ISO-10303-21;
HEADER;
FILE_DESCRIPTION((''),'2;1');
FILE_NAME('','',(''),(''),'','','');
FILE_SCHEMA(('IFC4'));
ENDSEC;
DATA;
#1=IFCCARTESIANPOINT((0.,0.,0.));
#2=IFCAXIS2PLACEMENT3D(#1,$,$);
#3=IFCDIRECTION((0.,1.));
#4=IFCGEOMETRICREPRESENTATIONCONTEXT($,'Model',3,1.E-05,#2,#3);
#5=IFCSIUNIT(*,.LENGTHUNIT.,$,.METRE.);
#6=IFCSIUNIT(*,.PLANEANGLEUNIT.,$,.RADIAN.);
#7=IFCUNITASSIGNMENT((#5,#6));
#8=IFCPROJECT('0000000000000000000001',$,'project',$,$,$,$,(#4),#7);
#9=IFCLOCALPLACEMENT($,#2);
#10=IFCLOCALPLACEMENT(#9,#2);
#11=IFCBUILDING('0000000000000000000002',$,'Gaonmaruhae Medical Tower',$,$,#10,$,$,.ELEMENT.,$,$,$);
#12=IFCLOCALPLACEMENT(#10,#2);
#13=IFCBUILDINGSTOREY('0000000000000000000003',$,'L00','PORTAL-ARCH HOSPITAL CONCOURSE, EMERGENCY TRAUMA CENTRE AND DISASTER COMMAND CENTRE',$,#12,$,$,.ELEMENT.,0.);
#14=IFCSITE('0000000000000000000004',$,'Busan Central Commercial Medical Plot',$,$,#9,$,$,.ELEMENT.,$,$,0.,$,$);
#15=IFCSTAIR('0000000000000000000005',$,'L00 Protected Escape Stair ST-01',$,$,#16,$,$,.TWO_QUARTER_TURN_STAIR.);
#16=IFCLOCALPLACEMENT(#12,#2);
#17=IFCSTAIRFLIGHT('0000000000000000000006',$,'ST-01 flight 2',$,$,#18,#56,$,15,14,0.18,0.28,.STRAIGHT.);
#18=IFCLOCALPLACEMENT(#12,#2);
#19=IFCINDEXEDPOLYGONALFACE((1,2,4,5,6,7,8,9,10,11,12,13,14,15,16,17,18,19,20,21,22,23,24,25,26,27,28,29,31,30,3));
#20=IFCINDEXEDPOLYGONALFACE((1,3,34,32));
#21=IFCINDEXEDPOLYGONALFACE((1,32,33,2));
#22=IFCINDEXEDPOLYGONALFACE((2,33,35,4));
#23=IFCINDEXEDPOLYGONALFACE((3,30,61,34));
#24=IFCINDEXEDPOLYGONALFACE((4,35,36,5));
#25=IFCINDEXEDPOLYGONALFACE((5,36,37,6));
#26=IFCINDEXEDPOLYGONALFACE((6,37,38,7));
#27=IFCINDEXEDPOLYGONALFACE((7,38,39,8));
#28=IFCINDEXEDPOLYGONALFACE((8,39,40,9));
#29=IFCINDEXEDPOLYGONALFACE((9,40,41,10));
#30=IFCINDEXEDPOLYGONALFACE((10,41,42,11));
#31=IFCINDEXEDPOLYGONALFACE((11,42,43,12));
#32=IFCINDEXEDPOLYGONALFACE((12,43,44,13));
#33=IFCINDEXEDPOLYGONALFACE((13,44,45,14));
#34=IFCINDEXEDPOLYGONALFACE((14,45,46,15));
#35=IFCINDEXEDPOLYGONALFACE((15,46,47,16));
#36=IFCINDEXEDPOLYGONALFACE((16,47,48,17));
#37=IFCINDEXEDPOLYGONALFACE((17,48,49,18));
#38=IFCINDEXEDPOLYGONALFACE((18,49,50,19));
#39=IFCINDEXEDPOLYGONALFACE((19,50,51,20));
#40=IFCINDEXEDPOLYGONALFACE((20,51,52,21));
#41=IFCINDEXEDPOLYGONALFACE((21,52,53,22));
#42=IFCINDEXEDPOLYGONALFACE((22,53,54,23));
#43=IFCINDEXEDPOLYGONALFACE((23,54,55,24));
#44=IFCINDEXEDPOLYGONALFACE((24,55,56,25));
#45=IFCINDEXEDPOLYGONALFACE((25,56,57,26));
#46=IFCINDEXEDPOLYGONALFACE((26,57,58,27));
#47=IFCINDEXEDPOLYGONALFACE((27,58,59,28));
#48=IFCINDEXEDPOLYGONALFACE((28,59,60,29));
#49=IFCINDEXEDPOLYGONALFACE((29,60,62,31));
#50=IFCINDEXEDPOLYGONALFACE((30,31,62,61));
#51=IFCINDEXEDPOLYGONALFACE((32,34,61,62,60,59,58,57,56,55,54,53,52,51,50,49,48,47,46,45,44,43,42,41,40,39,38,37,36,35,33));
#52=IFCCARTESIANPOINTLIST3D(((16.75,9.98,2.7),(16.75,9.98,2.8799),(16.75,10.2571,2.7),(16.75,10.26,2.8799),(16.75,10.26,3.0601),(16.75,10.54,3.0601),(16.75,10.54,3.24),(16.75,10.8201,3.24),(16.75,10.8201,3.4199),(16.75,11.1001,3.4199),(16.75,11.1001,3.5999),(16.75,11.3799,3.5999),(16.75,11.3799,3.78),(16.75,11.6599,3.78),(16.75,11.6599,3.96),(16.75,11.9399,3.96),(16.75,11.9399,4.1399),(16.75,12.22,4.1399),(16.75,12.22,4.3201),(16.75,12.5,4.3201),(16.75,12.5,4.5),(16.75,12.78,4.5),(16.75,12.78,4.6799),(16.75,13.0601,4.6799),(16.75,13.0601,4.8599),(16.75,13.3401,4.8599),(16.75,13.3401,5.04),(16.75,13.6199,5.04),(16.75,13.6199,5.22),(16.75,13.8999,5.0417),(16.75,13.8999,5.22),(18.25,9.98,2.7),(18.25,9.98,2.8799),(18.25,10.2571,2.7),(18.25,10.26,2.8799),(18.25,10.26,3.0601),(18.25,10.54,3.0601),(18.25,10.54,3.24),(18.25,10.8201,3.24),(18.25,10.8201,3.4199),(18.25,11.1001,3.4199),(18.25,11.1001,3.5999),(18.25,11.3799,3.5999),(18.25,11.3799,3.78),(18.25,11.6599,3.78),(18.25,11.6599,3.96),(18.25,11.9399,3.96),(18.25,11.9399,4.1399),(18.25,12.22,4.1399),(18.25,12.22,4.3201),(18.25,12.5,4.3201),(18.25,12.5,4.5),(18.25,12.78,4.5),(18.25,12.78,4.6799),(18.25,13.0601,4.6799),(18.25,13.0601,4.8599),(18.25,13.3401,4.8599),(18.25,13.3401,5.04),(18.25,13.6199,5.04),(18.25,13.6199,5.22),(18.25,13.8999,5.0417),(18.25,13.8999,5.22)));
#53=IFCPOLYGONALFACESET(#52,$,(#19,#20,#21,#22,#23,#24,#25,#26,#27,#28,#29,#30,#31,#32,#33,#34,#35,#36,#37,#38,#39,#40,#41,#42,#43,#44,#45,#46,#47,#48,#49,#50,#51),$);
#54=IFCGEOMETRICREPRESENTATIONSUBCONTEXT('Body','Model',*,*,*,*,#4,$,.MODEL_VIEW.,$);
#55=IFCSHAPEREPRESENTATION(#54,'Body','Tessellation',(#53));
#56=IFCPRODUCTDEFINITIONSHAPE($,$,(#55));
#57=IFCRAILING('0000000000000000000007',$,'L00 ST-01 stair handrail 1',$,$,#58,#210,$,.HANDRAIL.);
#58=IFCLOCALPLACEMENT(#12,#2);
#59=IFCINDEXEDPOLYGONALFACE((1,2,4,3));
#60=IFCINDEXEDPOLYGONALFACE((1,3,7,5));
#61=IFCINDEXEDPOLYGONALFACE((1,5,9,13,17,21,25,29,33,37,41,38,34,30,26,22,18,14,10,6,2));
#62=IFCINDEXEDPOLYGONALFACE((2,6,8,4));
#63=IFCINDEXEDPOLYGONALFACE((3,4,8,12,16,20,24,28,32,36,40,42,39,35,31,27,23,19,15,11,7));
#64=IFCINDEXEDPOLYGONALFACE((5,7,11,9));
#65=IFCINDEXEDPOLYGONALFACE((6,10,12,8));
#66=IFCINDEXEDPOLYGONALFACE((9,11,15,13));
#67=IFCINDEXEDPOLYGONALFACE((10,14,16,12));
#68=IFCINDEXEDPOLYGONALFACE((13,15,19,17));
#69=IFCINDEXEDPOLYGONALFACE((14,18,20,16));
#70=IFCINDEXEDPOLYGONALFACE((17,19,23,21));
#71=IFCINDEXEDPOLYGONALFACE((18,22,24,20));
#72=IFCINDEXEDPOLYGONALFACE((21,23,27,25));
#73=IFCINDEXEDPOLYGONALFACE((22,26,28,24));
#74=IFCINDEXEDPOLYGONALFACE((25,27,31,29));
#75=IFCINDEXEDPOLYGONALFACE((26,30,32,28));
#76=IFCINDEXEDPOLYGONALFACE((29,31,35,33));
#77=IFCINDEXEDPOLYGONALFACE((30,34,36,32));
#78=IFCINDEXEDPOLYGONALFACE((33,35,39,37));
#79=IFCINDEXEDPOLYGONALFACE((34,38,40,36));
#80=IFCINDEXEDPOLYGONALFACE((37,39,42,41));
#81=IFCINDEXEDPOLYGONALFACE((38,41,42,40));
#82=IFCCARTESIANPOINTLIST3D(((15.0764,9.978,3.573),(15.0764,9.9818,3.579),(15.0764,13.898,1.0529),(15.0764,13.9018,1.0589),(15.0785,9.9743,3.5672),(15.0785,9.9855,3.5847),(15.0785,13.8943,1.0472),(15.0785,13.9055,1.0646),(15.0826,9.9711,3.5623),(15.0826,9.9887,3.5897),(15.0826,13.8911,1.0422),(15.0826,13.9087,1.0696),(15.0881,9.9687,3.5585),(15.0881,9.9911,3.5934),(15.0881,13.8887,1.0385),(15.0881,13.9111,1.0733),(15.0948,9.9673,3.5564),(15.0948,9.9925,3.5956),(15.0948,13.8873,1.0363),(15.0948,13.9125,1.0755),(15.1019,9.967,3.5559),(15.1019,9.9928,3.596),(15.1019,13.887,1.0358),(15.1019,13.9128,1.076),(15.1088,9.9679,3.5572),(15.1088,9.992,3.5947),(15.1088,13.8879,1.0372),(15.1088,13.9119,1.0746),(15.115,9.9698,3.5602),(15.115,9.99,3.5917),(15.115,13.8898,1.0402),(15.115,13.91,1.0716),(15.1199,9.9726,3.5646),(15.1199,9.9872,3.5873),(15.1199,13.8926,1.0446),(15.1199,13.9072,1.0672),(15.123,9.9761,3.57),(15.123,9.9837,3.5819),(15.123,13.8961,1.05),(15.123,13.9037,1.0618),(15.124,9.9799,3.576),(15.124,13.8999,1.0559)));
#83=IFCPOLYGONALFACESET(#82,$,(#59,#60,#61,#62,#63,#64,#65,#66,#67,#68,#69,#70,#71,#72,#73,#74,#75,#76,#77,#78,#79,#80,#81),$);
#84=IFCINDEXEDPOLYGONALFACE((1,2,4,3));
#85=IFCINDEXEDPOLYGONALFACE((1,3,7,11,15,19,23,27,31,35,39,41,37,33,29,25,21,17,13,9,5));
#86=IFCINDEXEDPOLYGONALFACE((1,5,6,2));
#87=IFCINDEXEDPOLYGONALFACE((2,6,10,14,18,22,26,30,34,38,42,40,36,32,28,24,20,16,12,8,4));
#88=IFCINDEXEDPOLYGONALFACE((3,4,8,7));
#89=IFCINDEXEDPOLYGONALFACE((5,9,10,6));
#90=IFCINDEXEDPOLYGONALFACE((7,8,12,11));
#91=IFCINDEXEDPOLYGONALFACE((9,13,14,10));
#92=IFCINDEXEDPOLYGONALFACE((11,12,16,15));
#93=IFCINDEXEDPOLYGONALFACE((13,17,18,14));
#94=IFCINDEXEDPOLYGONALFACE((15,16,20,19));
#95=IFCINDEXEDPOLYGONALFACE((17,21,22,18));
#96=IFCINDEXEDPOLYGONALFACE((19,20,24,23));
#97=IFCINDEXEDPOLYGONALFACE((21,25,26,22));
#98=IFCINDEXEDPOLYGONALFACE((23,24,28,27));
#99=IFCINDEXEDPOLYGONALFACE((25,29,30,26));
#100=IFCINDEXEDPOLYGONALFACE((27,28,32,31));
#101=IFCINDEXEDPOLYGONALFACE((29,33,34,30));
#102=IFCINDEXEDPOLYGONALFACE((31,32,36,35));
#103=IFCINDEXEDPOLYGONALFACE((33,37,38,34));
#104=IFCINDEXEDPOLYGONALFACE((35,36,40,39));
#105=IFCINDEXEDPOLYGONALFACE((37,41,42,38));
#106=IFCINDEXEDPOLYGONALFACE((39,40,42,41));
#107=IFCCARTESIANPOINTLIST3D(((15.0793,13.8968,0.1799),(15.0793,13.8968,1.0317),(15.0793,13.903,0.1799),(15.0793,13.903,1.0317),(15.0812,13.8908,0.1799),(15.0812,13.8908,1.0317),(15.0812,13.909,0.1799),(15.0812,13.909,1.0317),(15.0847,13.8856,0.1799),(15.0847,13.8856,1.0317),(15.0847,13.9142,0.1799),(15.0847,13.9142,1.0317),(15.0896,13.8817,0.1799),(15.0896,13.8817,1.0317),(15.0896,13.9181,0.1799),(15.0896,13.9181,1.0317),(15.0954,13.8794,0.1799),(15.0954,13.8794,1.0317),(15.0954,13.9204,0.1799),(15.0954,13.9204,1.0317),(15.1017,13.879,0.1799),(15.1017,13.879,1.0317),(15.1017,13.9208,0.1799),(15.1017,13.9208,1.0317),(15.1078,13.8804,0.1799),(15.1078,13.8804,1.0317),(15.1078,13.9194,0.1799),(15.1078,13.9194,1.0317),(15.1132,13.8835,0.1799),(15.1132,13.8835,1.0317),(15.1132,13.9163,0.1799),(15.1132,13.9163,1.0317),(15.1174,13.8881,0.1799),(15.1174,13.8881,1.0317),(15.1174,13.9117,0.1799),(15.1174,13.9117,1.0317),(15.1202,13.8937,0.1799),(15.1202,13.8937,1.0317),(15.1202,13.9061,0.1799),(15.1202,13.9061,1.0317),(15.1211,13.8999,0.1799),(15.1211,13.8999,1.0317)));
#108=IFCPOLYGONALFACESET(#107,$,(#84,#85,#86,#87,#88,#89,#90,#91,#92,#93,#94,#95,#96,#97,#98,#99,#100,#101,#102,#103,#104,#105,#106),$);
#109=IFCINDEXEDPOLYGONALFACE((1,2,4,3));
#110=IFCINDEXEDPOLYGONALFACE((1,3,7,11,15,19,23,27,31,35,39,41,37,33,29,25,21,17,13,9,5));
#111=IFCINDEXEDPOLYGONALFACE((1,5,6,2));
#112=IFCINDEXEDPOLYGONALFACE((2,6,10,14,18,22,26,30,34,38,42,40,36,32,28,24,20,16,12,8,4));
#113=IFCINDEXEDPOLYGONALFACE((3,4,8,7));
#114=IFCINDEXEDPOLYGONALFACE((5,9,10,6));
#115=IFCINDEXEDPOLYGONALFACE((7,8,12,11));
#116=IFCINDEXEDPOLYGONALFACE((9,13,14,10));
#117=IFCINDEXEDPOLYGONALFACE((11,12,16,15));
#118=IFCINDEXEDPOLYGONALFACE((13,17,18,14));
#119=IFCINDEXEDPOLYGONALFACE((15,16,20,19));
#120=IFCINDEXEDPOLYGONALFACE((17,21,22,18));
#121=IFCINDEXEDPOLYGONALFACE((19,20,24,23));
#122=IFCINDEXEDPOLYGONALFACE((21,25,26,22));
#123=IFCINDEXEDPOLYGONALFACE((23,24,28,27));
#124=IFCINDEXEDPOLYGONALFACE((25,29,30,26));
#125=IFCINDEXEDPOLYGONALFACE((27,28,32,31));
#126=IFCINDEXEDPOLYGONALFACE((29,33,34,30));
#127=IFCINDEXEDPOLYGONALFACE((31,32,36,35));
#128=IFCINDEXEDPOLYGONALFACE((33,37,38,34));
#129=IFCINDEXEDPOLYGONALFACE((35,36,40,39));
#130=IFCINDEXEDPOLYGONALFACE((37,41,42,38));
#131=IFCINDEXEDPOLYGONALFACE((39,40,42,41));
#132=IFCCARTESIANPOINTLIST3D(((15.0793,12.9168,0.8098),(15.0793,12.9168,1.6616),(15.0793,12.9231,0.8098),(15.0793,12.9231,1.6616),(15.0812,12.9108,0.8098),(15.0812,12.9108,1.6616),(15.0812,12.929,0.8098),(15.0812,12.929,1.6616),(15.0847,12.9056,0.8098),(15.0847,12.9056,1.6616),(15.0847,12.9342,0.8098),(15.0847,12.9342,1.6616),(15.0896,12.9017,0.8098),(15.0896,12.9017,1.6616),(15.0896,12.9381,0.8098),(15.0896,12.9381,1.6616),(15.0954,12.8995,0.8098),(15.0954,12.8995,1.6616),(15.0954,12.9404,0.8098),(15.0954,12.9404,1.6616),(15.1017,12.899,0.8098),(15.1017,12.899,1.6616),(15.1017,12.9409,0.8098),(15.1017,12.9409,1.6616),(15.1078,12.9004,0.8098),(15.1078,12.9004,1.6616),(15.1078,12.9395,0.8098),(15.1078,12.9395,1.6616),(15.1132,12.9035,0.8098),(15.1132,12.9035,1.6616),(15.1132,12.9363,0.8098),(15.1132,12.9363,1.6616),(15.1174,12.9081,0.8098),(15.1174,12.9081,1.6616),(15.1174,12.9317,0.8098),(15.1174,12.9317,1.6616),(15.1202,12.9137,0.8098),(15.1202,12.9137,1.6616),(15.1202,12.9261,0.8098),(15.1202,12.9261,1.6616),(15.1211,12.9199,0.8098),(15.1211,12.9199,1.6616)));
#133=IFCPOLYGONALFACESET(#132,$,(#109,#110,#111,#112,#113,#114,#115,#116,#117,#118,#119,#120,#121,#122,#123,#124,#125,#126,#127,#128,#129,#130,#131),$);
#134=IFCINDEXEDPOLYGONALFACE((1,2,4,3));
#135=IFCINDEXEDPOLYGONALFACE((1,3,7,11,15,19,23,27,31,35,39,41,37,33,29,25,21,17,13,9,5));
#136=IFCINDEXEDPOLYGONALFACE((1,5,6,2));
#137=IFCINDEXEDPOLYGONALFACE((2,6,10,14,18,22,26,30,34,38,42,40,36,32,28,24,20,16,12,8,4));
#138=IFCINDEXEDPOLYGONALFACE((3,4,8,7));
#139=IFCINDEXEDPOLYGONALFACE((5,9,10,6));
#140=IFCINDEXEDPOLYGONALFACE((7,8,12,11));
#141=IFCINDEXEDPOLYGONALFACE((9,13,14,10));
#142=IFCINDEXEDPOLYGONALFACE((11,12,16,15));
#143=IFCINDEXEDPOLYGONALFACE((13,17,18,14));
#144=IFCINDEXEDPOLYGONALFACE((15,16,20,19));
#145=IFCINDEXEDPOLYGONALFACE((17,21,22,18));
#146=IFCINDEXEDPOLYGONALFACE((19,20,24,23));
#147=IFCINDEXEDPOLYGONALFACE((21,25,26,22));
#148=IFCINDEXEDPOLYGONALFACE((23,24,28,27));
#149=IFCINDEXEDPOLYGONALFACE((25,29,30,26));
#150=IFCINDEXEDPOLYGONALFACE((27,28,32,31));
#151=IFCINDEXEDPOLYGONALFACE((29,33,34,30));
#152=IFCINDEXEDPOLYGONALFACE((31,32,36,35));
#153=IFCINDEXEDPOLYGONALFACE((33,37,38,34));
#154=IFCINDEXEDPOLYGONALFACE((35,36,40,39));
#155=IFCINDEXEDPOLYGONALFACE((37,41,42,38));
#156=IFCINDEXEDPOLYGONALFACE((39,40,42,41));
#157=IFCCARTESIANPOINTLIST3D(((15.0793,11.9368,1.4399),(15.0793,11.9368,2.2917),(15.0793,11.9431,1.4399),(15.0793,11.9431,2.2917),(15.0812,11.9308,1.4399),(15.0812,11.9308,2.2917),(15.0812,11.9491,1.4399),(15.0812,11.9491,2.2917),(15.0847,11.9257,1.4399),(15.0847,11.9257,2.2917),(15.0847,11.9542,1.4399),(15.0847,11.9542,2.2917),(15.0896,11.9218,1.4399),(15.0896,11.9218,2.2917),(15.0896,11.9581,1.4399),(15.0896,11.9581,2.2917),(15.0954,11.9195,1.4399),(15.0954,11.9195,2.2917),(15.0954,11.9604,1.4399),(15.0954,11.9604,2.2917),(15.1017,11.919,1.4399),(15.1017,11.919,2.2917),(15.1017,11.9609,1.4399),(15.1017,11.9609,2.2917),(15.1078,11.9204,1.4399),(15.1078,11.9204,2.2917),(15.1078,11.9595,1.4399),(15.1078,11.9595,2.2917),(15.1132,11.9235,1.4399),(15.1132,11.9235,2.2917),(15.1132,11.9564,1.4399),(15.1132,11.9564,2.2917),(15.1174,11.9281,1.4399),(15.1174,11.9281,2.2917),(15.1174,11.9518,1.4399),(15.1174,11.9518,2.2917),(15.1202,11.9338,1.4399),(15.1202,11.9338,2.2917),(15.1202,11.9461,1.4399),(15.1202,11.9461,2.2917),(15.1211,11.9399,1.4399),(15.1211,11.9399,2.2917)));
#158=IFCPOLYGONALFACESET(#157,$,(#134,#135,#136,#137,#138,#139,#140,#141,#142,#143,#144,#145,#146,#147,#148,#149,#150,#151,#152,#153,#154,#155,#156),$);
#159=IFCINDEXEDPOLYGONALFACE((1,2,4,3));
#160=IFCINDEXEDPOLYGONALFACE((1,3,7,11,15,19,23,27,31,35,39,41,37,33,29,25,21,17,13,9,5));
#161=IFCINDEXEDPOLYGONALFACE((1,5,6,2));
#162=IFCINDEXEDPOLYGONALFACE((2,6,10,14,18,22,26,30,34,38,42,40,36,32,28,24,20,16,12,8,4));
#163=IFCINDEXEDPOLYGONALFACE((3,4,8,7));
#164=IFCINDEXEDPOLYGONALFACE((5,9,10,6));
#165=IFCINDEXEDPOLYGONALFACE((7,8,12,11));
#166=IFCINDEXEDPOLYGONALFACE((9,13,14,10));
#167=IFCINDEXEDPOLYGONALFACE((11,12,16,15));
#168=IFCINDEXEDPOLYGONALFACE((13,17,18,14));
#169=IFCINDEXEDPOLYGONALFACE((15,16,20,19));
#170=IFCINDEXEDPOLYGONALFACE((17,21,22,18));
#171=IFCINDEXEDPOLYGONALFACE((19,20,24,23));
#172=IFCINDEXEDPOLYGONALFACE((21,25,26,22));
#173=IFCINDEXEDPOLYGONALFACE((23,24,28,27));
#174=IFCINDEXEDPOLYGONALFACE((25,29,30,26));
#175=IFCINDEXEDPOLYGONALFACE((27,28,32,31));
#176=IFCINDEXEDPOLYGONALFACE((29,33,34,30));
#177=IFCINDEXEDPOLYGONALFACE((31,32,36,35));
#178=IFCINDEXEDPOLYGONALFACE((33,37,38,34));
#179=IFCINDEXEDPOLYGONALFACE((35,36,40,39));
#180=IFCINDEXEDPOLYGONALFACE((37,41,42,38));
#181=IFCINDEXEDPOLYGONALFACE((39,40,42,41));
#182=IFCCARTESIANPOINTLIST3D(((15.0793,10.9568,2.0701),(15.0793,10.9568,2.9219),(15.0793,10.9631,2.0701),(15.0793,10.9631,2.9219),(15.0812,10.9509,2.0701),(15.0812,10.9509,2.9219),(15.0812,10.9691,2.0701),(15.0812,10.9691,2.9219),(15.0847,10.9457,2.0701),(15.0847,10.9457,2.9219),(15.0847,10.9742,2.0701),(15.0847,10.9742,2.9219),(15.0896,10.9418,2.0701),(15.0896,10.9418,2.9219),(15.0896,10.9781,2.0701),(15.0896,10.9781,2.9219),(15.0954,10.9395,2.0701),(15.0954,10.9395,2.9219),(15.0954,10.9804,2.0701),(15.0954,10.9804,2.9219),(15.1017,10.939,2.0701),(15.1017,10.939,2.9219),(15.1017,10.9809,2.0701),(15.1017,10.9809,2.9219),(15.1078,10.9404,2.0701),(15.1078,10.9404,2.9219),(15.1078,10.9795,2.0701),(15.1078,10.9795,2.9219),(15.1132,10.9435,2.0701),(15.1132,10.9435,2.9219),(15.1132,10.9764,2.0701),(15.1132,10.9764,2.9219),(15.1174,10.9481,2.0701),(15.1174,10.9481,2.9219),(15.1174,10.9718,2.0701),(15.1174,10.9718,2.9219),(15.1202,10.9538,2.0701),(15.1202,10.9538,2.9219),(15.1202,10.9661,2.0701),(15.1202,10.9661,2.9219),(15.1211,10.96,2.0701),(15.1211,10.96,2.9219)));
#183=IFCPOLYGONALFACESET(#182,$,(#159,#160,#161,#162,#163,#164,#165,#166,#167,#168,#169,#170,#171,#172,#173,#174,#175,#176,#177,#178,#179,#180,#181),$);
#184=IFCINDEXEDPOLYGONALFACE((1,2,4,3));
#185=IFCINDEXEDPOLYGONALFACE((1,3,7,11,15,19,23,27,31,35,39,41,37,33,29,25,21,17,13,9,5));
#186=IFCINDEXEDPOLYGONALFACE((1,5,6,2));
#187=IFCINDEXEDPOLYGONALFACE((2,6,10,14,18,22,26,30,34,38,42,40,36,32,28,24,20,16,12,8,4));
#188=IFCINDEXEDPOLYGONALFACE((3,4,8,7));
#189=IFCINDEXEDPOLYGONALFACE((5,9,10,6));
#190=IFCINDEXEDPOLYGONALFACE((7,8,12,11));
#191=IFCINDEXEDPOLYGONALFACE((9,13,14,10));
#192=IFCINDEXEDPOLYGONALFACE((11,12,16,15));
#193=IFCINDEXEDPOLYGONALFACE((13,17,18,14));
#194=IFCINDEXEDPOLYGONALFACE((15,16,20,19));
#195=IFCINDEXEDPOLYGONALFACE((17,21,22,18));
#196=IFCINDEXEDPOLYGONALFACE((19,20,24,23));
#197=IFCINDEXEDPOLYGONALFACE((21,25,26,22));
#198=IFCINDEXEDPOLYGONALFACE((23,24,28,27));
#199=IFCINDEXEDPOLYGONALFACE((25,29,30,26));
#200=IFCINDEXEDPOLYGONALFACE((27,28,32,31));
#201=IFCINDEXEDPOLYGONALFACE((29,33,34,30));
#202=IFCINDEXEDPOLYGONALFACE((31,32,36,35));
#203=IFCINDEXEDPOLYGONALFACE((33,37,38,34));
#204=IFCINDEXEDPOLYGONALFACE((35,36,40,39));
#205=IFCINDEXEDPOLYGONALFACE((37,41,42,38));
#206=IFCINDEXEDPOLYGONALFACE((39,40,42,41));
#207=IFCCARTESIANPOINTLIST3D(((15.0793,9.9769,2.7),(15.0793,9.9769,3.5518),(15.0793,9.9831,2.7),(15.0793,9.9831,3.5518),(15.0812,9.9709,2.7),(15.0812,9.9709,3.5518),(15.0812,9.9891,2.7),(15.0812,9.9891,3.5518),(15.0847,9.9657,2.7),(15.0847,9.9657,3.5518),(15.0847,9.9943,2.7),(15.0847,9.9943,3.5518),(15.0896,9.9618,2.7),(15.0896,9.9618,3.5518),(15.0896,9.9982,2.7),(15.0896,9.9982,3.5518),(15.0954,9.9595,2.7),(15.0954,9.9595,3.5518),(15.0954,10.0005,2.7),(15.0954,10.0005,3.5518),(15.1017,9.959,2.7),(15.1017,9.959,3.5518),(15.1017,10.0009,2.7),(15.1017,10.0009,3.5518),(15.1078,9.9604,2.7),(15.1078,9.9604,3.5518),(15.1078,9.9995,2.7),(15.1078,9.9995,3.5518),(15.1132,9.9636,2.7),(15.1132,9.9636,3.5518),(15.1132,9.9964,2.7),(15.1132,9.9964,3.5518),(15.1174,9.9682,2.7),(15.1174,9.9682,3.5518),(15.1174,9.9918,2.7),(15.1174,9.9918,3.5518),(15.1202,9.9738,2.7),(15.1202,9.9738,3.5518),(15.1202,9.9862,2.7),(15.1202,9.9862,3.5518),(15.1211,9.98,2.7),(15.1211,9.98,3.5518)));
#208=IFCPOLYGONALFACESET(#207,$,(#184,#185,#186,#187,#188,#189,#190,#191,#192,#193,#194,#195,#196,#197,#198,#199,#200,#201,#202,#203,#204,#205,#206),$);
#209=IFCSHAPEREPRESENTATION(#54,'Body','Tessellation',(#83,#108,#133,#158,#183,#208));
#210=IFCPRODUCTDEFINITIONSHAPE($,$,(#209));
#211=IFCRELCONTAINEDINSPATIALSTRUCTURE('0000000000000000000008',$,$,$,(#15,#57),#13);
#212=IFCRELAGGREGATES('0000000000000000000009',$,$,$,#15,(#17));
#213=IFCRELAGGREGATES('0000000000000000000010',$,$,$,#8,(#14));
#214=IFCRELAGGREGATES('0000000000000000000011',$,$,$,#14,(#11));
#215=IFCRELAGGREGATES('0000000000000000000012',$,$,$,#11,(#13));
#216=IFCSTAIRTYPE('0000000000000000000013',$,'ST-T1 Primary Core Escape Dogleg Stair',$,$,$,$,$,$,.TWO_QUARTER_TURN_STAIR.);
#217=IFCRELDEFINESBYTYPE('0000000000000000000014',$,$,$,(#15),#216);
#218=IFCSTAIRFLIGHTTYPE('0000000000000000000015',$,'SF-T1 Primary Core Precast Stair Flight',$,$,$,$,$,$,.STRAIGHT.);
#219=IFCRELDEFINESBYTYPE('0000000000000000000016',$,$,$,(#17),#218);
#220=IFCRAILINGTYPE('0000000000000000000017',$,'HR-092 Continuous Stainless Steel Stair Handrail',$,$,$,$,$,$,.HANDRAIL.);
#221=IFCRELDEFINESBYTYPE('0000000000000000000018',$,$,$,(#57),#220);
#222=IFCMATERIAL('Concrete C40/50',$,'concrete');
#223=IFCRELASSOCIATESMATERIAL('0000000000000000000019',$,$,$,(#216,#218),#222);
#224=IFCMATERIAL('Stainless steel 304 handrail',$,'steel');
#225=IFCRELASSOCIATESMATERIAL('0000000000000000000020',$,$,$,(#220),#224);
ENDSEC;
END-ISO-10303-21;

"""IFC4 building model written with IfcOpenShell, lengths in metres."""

from ifc_helpers import new_model, si_unit, direction, frame, origin, origin_2d, place, context, subcontext, project, spatial, polyline, circle, outline, extrude, material, type_object, element, aggregate, save


model = new_model("IFC4")

# Units and contexts
model_context = context("Model", 3, precision=1e-05, world=origin(), true_north=direction((0.0, 1.0)))
body_context = subcontext(model_context, "Body", "Model", "MODEL_VIEW")
ifc_project = project(units=[si_unit("LENGTHUNIT", "METRE"), si_unit("PLANEANGLEUNIT", "RADIAN")], contexts=[model_context])

# Site, building, storey
site_placement = place(None, origin())
site = spatial("IfcSite", under=ifc_project, at=site_placement, Name="Busan Central Commercial Medical Plot", CompositionType="ELEMENT", RefElevation=0.0)
building_placement = place(site_placement, origin())
building = spatial("IfcBuilding", under=site, at=building_placement, Name="Gaonmaruhae Medical Tower", CompositionType="ELEMENT")
storey_placement = place(building_placement, origin())
storey = spatial("IfcBuildingStorey", under=building, at=storey_placement, Name="L00", Description="PORTAL-ARCH HOSPITAL CONCOURSE, EMERGENCY TRAUMA CENTRE AND DISASTER COMMAND CENTRE", CompositionType="ELEMENT", Elevation=0.0)

# Stair, stair flight
ifc_material_1 = material(Name="Concrete C40/50", Category="concrete")
stair_type = type_object("IfcStairType", Name="ST-T1 Primary Core Escape Dogleg Stair", PredefinedType="TWO_QUARTER_TURN_STAIR", material=ifc_material_1)
stair_placement = place(storey_placement, origin())
stair = element("IfcStair", 1, at=stair_placement, inside=storey, type_object=stair_type, Name="L00 Protected Escape Stair ST-01", PredefinedType="TWO_QUARTER_TURN_STAIR")
stair_flight_type = type_object("IfcStairFlightType", Name="SF-T1 Primary Core Precast Stair Flight", PredefinedType="STRAIGHT", material=ifc_material_1)
stair_flight_1_placement = place(storey_placement, frame((17.5, 9.98, 2.7), z_axis=(0.0, 0.0, 1.0), x_axis=(0.0, 1.0, 0.0)))
stair_flight_1 = element("IfcStairFlight", 2, at=stair_flight_1_placement, type_object=stair_flight_type, Name="ST-01 flight 2", NumberOfRisers=15, NumberOfTreads=14, PredefinedType="STRAIGHT", RiserHeight=0.18, TreadLength=0.28, context=body_context, shape_type="SweptSolid", body=[
    extrude(outline(polyline([(0.0, 0.0), (0.0, 0.1799), (0.28, 0.1799), (0.28, 0.3601), (0.5601, 0.3601), (0.5601, 0.54), (0.8401, 0.54), (0.8401, 0.72), (1.1201, 0.72), (1.1201, 0.8999), (1.3999, 0.8999), (1.3999, 1.0801), (1.6799, 1.0801), (1.6799, 1.26), (1.96, 1.26), (1.96, 1.4399), (2.24, 1.4399), (2.24, 1.6201), (2.52, 1.6201), (2.52, 1.8), (2.8, 1.8), (2.8, 1.98), (3.0801, 1.98), (3.0801, 2.1599), (3.3601, 2.1599), (3.3601, 2.3401), (3.6399, 2.3401), (3.6399, 2.52), (3.9199, 2.52), (3.9199, 2.7), (3.9199, 2.3418), (0.2771, 0.0), (0.0, 0.0)])), frame((0.0, 0.75, 0.0), z_axis=(0.0, -1.0, 0.0), x_axis=(1.0, 0.0, 0.0)), (0.0, 0.0, 1.0), 1.5),
])
aggregate(stair, [stair_flight_1])

# Railing
ifc_material_2 = material(Name="Stainless steel 304 handrail", Category="steel")
railing_type_1 = type_object("IfcRailingType", Name="HR-092 Continuous Stainless Steel Stair Handrail", PredefinedType="HANDRAIL", material=ifc_material_2)
railing_1_placement = place(storey_placement, frame((15.1001, 13.8999, 0.1799)))
element("IfcRailing", 3, at=railing_1_placement, inside=storey, type_object=railing_type_1, Name="L00 ST-01 stair handrail 1", PredefinedType="HANDRAIL", context=body_context, shape_type="SweptSolid", body=[
    extrude(circle(Radius=0.0239, at=origin_2d()), frame((0.0, 0.0, 0.876), z_axis=(0.0, -0.841172, 0.540768), x_axis=(1.0, 0.0, 0.0)), (0.0, 0.0, 1.0), 4.6602),
    extrude(circle(Radius=0.021, at=origin_2d()), origin(), (0.0, 0.0, 1.0), 0.8518),
    extrude(circle(Radius=0.021, at=origin_2d()), frame((0.0, -0.98, 0.6299)), (0.0, 0.0, 1.0), 0.8518),
    extrude(circle(Radius=0.021, at=origin_2d()), frame((0.0, -1.96, 1.26)), (0.0, 0.0, 1.0), 0.8518),
    extrude(circle(Radius=0.021, at=origin_2d()), frame((0.0, -2.9399, 1.8901)), (0.0, 0.0, 1.0), 0.8518),
    extrude(circle(Radius=0.021, at=origin_2d()), frame((0.0, -3.9199, 2.52)), (0.0, 0.0, 1.0), 0.8518),
])

save(model, "model.ifc")
